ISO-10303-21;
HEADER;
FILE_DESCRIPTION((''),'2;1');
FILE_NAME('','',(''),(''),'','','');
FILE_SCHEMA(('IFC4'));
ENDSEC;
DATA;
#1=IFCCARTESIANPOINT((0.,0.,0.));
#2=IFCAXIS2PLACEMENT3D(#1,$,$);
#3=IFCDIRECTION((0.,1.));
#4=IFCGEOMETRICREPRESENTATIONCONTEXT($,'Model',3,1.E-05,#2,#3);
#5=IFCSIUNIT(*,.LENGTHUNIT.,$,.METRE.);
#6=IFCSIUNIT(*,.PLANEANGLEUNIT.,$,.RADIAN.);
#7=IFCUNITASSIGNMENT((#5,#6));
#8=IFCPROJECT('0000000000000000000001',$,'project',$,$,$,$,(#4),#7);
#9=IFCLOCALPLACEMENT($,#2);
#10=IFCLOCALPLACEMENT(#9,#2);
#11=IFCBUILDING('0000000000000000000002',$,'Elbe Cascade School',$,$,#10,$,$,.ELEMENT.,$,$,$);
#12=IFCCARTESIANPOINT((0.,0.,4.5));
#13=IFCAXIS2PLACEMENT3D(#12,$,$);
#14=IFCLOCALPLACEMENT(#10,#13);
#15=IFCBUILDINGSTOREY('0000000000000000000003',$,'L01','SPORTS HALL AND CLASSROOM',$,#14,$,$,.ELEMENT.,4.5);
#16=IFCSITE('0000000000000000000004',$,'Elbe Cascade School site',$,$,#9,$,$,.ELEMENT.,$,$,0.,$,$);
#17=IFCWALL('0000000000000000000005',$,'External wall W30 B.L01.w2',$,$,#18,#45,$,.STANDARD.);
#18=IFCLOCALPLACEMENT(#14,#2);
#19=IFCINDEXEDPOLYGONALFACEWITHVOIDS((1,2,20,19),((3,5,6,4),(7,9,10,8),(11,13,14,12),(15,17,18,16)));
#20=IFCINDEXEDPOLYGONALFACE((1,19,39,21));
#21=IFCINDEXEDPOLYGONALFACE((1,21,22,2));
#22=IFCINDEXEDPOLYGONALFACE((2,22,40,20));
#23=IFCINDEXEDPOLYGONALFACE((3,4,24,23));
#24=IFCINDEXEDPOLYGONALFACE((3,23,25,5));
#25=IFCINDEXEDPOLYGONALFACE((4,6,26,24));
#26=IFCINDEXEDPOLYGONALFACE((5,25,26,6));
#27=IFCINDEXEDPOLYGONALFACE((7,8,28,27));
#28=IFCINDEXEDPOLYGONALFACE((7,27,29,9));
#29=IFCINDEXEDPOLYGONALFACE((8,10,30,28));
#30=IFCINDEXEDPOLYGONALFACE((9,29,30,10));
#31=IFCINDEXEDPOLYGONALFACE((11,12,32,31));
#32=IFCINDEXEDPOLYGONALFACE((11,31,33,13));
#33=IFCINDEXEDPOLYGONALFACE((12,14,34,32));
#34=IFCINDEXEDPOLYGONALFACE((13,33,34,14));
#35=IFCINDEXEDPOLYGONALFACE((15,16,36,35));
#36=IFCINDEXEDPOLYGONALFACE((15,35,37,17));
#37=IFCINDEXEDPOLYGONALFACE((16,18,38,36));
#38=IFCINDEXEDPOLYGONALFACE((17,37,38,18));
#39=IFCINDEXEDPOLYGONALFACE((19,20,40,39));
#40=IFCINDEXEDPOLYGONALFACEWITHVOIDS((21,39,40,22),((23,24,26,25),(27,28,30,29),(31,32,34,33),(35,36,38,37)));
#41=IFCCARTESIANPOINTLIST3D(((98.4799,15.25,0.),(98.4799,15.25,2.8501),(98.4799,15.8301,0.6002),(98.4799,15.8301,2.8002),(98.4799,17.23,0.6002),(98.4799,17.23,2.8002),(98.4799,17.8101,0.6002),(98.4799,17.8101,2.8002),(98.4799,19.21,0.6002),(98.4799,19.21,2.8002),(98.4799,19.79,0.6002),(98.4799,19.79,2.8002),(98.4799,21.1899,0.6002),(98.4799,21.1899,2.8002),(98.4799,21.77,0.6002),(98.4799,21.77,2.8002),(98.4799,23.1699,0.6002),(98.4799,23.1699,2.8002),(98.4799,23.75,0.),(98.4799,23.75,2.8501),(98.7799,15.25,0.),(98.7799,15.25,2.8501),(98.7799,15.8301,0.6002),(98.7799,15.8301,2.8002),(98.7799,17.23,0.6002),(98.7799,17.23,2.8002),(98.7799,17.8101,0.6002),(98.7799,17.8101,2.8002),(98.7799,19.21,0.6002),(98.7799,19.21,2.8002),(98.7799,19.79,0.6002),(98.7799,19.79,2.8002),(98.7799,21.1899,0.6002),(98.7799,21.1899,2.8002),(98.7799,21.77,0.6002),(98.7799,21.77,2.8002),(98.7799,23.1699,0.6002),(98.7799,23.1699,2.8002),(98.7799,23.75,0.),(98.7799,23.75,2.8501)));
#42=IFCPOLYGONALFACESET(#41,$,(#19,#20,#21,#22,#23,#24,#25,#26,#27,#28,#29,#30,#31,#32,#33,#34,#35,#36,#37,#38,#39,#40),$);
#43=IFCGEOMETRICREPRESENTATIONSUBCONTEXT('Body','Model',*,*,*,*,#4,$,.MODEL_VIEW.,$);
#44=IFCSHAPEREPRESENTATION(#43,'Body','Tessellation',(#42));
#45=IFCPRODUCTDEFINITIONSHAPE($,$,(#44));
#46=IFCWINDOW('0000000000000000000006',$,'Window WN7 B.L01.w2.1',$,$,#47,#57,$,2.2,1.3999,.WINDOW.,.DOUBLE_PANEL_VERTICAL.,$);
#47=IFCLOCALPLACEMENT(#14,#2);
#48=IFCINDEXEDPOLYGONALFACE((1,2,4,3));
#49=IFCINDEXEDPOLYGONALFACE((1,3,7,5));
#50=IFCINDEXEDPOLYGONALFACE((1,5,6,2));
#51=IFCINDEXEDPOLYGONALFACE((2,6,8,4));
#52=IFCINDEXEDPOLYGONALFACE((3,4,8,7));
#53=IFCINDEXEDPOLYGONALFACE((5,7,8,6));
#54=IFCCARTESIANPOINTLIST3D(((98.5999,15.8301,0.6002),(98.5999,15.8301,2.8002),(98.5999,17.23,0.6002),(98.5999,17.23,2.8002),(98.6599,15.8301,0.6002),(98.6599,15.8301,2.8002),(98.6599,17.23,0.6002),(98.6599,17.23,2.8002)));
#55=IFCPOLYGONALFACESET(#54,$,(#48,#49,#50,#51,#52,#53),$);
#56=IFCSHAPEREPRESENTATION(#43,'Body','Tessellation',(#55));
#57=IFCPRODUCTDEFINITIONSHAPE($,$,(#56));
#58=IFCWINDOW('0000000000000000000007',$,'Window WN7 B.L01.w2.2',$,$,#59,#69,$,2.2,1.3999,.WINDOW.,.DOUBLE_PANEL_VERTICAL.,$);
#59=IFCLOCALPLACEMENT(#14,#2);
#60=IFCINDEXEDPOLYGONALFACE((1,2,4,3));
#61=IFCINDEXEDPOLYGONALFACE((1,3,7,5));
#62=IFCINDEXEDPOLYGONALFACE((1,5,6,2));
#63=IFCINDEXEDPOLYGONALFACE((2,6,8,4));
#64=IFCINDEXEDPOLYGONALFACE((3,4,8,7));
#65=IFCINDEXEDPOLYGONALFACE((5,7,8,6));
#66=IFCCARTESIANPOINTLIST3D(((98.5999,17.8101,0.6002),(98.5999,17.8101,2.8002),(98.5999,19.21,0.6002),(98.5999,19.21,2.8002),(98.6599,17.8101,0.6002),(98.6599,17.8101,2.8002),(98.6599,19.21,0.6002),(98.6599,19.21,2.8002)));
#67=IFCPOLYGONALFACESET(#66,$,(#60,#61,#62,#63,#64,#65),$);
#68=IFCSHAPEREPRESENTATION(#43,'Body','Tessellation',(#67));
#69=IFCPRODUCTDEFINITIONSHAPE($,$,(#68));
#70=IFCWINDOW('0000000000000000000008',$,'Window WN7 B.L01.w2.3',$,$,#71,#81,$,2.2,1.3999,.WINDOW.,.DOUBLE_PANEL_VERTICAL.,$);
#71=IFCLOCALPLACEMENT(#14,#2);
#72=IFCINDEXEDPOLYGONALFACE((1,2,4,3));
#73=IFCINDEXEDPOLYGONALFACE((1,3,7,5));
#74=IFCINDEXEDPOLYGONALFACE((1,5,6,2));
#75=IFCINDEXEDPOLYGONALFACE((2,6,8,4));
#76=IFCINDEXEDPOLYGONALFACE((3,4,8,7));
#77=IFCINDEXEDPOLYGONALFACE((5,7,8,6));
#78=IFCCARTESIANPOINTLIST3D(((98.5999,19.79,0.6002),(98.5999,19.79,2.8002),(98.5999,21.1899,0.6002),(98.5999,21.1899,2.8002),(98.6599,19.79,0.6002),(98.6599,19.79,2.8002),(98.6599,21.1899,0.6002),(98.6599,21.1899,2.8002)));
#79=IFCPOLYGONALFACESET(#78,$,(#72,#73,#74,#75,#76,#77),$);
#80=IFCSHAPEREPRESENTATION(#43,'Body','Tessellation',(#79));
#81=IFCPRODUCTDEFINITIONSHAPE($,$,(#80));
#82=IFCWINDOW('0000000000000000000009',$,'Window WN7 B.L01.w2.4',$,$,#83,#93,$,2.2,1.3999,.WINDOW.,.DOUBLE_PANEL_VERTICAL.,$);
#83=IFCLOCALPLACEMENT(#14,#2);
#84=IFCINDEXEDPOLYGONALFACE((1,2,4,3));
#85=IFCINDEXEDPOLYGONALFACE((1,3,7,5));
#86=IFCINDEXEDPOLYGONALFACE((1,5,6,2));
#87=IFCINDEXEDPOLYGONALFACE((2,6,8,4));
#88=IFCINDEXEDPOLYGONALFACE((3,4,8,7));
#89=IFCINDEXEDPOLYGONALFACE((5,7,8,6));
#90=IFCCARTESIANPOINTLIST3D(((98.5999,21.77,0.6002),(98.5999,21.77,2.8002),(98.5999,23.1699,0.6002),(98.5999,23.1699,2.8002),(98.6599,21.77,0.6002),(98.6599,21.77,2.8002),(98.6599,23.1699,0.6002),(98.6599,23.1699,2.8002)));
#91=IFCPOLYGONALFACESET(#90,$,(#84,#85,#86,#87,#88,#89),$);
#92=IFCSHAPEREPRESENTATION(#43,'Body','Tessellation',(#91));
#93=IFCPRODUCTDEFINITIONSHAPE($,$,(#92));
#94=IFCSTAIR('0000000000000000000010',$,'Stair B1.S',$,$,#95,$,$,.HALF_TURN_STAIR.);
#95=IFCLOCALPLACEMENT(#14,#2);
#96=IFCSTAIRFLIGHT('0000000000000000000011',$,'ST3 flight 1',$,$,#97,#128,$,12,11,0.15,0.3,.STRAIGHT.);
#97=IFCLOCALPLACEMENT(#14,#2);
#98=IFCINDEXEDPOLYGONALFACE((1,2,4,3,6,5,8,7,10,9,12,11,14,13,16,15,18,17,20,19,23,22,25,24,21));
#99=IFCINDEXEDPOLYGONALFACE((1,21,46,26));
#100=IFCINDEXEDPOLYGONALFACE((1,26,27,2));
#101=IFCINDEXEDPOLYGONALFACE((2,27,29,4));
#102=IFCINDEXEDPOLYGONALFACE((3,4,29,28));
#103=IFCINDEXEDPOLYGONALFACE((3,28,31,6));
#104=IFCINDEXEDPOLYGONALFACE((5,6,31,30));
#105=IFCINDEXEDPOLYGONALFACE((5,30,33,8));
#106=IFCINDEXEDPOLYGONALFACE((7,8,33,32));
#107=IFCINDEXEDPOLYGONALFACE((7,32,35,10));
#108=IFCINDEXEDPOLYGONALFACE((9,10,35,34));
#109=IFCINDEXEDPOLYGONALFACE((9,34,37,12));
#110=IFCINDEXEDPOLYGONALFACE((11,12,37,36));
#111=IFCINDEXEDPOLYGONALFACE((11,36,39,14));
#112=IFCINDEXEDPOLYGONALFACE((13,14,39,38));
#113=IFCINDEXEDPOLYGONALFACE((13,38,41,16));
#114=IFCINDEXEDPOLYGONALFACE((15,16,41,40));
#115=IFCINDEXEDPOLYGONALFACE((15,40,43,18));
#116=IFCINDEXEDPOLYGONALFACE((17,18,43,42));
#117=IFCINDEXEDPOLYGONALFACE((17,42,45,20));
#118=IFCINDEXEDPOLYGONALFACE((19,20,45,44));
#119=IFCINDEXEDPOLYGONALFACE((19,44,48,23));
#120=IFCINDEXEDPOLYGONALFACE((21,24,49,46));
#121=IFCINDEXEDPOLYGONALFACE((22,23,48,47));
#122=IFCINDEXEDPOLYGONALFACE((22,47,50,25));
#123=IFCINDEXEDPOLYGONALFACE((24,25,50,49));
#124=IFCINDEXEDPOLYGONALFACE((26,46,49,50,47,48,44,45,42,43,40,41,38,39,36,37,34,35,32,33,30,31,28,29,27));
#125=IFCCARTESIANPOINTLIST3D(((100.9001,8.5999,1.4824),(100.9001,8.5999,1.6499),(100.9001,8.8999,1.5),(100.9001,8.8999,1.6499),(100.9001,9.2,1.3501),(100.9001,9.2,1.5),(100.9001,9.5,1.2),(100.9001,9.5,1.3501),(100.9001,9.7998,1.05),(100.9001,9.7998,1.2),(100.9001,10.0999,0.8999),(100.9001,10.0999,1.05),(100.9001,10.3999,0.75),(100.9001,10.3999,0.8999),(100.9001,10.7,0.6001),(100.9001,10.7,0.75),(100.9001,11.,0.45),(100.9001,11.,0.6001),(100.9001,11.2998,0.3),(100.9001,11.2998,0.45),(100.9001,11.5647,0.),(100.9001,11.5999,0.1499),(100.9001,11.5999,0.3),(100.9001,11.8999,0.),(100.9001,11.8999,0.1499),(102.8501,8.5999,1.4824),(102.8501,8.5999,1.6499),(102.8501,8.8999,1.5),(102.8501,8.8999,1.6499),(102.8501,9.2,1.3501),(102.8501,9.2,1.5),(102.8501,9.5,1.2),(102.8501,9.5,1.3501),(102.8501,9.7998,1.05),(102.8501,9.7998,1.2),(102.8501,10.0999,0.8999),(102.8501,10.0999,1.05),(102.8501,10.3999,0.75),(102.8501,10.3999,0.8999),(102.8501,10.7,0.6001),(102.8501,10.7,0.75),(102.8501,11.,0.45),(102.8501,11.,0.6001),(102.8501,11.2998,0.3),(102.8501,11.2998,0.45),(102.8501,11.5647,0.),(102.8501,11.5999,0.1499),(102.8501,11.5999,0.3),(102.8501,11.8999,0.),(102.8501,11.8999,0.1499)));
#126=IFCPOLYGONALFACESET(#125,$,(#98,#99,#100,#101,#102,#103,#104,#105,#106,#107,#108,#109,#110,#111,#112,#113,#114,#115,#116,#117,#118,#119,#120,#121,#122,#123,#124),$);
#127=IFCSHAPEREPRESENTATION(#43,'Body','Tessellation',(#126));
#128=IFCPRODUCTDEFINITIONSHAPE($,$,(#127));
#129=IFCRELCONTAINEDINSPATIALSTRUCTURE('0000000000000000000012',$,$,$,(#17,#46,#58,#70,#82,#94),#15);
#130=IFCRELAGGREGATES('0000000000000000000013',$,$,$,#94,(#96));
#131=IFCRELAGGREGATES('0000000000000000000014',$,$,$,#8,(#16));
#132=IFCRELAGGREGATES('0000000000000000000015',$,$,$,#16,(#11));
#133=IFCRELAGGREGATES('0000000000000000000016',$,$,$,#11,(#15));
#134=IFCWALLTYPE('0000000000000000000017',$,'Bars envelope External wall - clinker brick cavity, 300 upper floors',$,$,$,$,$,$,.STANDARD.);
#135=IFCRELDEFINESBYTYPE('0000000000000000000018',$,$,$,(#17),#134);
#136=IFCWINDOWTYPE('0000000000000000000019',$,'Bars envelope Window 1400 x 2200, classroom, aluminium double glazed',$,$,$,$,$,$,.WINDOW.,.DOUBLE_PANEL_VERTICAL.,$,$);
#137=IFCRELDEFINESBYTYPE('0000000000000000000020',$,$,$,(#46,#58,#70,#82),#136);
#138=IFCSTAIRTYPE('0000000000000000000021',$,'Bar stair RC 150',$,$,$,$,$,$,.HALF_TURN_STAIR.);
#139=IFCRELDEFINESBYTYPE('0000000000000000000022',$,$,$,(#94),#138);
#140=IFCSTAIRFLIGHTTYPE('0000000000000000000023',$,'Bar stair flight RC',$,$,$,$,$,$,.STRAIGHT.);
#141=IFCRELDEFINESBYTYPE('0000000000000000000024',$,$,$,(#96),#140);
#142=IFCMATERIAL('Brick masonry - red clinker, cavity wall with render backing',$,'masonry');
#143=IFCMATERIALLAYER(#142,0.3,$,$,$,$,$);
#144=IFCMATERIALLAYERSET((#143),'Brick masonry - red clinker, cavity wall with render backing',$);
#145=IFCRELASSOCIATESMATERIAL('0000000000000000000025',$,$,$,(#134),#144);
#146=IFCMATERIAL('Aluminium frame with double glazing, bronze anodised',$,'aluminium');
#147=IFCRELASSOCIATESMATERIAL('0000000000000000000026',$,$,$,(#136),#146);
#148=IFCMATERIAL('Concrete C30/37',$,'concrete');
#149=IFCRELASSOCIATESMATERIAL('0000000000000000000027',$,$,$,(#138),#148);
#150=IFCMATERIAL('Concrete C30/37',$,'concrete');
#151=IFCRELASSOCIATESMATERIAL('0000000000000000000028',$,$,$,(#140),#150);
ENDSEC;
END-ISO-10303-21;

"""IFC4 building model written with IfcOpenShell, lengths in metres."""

from ifc_helpers import new_model, si_unit, direction, frame, frame_2d, origin, place, context, subcontext, project, spatial, polyline, rectangle, outline, extrude, material, layer, layer_set, type_object, element, fill, aggregate, save


model = new_model("IFC4")

# Units and contexts
model_context = context("Model", 3, precision=1e-05, world=origin(), true_north=direction((0.0, 1.0)))
body_context = subcontext(model_context, "Body", "Model", "MODEL_VIEW")
ifc_project = project(units=[si_unit("LENGTHUNIT", "METRE"), si_unit("PLANEANGLEUNIT", "RADIAN")], contexts=[model_context])

# Site, building, storey
site_placement = place(None, origin())
site = spatial("IfcSite", under=ifc_project, at=site_placement, Name="Elbe Cascade School site", CompositionType="ELEMENT", RefElevation=0.0)
building_placement = place(site_placement, origin())
building = spatial("IfcBuilding", under=site, at=building_placement, Name="Elbe Cascade School", CompositionType="ELEMENT")
storey_placement = place(building_placement, frame((0.0, 0.0, 4.5)))
storey = spatial("IfcBuildingStorey", under=building, at=storey_placement, Name="L01", Description="SPORTS HALL AND CLASSROOM", CompositionType="ELEMENT", Elevation=4.5)

# Wall, openings, windows
ifc_material_1 = material(Name="Brick masonry - red clinker, cavity wall with render backing", Category="masonry")
ifc_layer_1 = layer(ifc_material_1, 0.3)
ifc_layer_set_1 = layer_set([ifc_layer_1], Name="Brick masonry - red clinker, cavity wall with render backing")
wall_type_1 = type_object("IfcWallType", Name="Bars envelope External wall - clinker brick cavity, 300 upper floors", PredefinedType="STANDARD", material=ifc_layer_set_1)
wall_1_placement = place(storey_placement, frame((98.6299, 15.25, 0.0), z_axis=(0.0, 0.0, 1.0), x_axis=(0.0, 1.0, 0.0)))
wall_1 = element("IfcWall", 1, at=wall_1_placement, inside=storey, type_object=wall_type_1, Name="External wall W30 B.L01.w2", PredefinedType="STANDARD", context=body_context, shape_type="SweptSolid", body=[
    extrude(rectangle(XDim=8.5, YDim=0.3, at=frame_2d((4.25, 0.0))), origin(), (0.0, 0.0, 1.0), 2.8501),
])
opening_1_placement = place(wall_1_placement, frame((0.5801, 0.0, 0.6001)))
opening_1 = element("IfcOpeningElement", 2, at=opening_1_placement, cuts=wall_1, PredefinedType="OPENING", context=body_context, shape_type="SweptSolid", body=[
    extrude(rectangle(XDim=1.3999, YDim=2.2, at=frame_2d((0.7, 1.1001))), frame((0.0, 0.1599, 0.0), z_axis=(0.0, -1.0, 0.0), x_axis=(1.0, 0.0, 0.0)), (0.0, 0.0, 1.0), 0.3201),
])
opening_2_placement = place(wall_1_placement, frame((2.5601, 0.0, 0.6001)))
opening_2 = element("IfcOpeningElement", 3, at=opening_2_placement, cuts=wall_1, PredefinedType="OPENING", context=body_context, shape_type="SweptSolid", body=[
    extrude(rectangle(XDim=1.3999, YDim=2.2, at=frame_2d((0.7, 1.1001))), frame((0.0, 0.1599, 0.0), z_axis=(0.0, -1.0, 0.0), x_axis=(1.0, 0.0, 0.0)), (0.0, 0.0, 1.0), 0.3201),
])
opening_3_placement = place(wall_1_placement, frame((4.54, 0.0, 0.6001)))
opening_3 = element("IfcOpeningElement", 4, at=opening_3_placement, cuts=wall_1, PredefinedType="OPENING", context=body_context, shape_type="SweptSolid", body=[
    extrude(rectangle(XDim=1.3999, YDim=2.2, at=frame_2d((0.7, 1.1001))), frame((0.0, 0.1599, 0.0), z_axis=(0.0, -1.0, 0.0), x_axis=(1.0, 0.0, 0.0)), (0.0, 0.0, 1.0), 0.3201),
])
opening_4_placement = place(wall_1_placement, frame((6.52, 0.0, 0.6001)))
opening_4 = element("IfcOpeningElement", 5, at=opening_4_placement, cuts=wall_1, PredefinedType="OPENING", context=body_context, shape_type="SweptSolid", body=[
    extrude(rectangle(XDim=1.3999, YDim=2.2, at=frame_2d((0.7, 1.1001))), frame((0.0, 0.1599, 0.0), z_axis=(0.0, -1.0, 0.0), x_axis=(1.0, 0.0, 0.0)), (0.0, 0.0, 1.0), 0.3201),
])
ifc_material_2 = material(Name="Aluminium frame with double glazing, bronze anodised", Category="aluminium")
window_type = type_object("IfcWindowType", Name="Bars envelope Window 1400 x 2200, classroom, aluminium double glazed", PartitioningType="DOUBLE_PANEL_VERTICAL", PredefinedType="WINDOW", material=ifc_material_2)
window_1_placement = place(opening_1_placement, origin())
window_1 = element("IfcWindow", 6, at=window_1_placement, inside=storey, type_object=window_type, Name="Window WN7 B.L01.w2.1", OverallHeight=2.2, OverallWidth=1.3999, PartitioningType="DOUBLE_PANEL_VERTICAL", PredefinedType="WINDOW", context=body_context, shape_type="SweptSolid", body=[
    extrude(rectangle(XDim=1.3999, YDim=2.2, at=frame_2d((0.7, 1.1001))), frame((0.0, 0.03, 0.0), z_axis=(0.0, -1.0, 0.0), x_axis=(1.0, 0.0, 0.0)), (0.0, 0.0, 1.0), 0.0601),
])
fill(opening_1, window_1)
window_2_placement = place(opening_2_placement, origin())
window_2 = element("IfcWindow", 7, at=window_2_placement, inside=storey, type_object=window_type, Name="Window WN7 B.L01.w2.2", OverallHeight=2.2, OverallWidth=1.3999, PartitioningType="DOUBLE_PANEL_VERTICAL", PredefinedType="WINDOW", context=body_context, shape_type="SweptSolid", body=[
    extrude(rectangle(XDim=1.3999, YDim=2.2, at=frame_2d((0.7, 1.1001))), frame((0.0, 0.03, 0.0), z_axis=(0.0, -1.0, 0.0), x_axis=(1.0, 0.0, 0.0)), (0.0, 0.0, 1.0), 0.0601),
])
fill(opening_2, window_2)
window_3_placement = place(opening_3_placement, origin())
window_3 = element("IfcWindow", 8, at=window_3_placement, inside=storey, type_object=window_type, Name="Window WN7 B.L01.w2.3", OverallHeight=2.2, OverallWidth=1.3999, PartitioningType="DOUBLE_PANEL_VERTICAL", PredefinedType="WINDOW", context=body_context, shape_type="SweptSolid", body=[
    extrude(rectangle(XDim=1.3999, YDim=2.2, at=frame_2d((0.7, 1.1001))), frame((0.0, 0.03, 0.0), z_axis=(0.0, -1.0, 0.0), x_axis=(1.0, 0.0, 0.0)), (0.0, 0.0, 1.0), 0.0601),
])
fill(opening_3, window_3)
window_4_placement = place(opening_4_placement, origin())
window_4 = element("IfcWindow", 9, at=window_4_placement, inside=storey, type_object=window_type, Name="Window WN7 B.L01.w2.4", OverallHeight=2.2, OverallWidth=1.3999, PartitioningType="DOUBLE_PANEL_VERTICAL", PredefinedType="WINDOW", context=body_context, shape_type="SweptSolid", body=[
    extrude(rectangle(XDim=1.3999, YDim=2.2, at=frame_2d((0.7, 1.1001))), frame((0.0, 0.03, 0.0), z_axis=(0.0, -1.0, 0.0), x_axis=(1.0, 0.0, 0.0)), (0.0, 0.0, 1.0), 0.0601),
])
fill(opening_4, window_4)

# Stair, stair flight
ifc_material_3 = material(Name="Concrete C30/37", Category="concrete")
stair_type = type_object("IfcStairType", Name="Bar stair RC 150", PredefinedType="HALF_TURN_STAIR", material=ifc_material_3)
stair_placement = place(storey_placement, origin())
stair = element("IfcStair", 10, at=stair_placement, inside=storey, type_object=stair_type, Name="Stair B1.S", PredefinedType="HALF_TURN_STAIR")
ifc_material_4 = material(Name="Concrete C30/37", Category="concrete")
stair_flight_type = type_object("IfcStairFlightType", Name="Bar stair flight RC", PredefinedType="STRAIGHT", material=ifc_material_4)
stair_flight_placement = place(storey_placement, frame((101.875, 11.8999, 0.0), z_axis=(0.0, 0.0, 1.0), x_axis=(0.0, -1.0, 0.0)))
stair_flight = element("IfcStairFlight", 11, at=stair_flight_placement, type_object=stair_flight_type, Name="ST3 flight 1", NumberOfRisers=12, NumberOfTreads=11, PredefinedType="STRAIGHT", RiserHeight=0.15, TreadLength=0.3, context=body_context, shape_type="SweptSolid", body=[
    extrude(outline(polyline([(0.0, 0.0), (0.0, 0.1499), (0.3, 0.1499), (0.3, 0.3), (0.6001, 0.3), (0.6001, 0.45), (0.8999, 0.45), (0.8999, 0.6001), (1.2, 0.6001), (1.2, 0.75), (1.5, 0.75), (1.5, 0.8999), (1.8, 0.8999), (1.8, 1.05), (2.1001, 1.05), (2.1001, 1.2), (2.3999, 1.2), (2.3999, 1.3501), (2.7, 1.3501), (2.7, 1.5), (3.0, 1.5), (3.0, 1.6499), (3.3, 1.6499), (3.3, 1.8), (3.3, 1.4824), (0.3352, 0.0), (0.0, 0.0)])), frame((0.0, 0.9751, 0.0), z_axis=(0.0, -1.0, 0.0), x_axis=(1.0, 0.0, 0.0)), (0.0, 0.0, 1.0), 1.95),
])
aggregate(stair, [stair_flight])

save(model, "model.ifc")
